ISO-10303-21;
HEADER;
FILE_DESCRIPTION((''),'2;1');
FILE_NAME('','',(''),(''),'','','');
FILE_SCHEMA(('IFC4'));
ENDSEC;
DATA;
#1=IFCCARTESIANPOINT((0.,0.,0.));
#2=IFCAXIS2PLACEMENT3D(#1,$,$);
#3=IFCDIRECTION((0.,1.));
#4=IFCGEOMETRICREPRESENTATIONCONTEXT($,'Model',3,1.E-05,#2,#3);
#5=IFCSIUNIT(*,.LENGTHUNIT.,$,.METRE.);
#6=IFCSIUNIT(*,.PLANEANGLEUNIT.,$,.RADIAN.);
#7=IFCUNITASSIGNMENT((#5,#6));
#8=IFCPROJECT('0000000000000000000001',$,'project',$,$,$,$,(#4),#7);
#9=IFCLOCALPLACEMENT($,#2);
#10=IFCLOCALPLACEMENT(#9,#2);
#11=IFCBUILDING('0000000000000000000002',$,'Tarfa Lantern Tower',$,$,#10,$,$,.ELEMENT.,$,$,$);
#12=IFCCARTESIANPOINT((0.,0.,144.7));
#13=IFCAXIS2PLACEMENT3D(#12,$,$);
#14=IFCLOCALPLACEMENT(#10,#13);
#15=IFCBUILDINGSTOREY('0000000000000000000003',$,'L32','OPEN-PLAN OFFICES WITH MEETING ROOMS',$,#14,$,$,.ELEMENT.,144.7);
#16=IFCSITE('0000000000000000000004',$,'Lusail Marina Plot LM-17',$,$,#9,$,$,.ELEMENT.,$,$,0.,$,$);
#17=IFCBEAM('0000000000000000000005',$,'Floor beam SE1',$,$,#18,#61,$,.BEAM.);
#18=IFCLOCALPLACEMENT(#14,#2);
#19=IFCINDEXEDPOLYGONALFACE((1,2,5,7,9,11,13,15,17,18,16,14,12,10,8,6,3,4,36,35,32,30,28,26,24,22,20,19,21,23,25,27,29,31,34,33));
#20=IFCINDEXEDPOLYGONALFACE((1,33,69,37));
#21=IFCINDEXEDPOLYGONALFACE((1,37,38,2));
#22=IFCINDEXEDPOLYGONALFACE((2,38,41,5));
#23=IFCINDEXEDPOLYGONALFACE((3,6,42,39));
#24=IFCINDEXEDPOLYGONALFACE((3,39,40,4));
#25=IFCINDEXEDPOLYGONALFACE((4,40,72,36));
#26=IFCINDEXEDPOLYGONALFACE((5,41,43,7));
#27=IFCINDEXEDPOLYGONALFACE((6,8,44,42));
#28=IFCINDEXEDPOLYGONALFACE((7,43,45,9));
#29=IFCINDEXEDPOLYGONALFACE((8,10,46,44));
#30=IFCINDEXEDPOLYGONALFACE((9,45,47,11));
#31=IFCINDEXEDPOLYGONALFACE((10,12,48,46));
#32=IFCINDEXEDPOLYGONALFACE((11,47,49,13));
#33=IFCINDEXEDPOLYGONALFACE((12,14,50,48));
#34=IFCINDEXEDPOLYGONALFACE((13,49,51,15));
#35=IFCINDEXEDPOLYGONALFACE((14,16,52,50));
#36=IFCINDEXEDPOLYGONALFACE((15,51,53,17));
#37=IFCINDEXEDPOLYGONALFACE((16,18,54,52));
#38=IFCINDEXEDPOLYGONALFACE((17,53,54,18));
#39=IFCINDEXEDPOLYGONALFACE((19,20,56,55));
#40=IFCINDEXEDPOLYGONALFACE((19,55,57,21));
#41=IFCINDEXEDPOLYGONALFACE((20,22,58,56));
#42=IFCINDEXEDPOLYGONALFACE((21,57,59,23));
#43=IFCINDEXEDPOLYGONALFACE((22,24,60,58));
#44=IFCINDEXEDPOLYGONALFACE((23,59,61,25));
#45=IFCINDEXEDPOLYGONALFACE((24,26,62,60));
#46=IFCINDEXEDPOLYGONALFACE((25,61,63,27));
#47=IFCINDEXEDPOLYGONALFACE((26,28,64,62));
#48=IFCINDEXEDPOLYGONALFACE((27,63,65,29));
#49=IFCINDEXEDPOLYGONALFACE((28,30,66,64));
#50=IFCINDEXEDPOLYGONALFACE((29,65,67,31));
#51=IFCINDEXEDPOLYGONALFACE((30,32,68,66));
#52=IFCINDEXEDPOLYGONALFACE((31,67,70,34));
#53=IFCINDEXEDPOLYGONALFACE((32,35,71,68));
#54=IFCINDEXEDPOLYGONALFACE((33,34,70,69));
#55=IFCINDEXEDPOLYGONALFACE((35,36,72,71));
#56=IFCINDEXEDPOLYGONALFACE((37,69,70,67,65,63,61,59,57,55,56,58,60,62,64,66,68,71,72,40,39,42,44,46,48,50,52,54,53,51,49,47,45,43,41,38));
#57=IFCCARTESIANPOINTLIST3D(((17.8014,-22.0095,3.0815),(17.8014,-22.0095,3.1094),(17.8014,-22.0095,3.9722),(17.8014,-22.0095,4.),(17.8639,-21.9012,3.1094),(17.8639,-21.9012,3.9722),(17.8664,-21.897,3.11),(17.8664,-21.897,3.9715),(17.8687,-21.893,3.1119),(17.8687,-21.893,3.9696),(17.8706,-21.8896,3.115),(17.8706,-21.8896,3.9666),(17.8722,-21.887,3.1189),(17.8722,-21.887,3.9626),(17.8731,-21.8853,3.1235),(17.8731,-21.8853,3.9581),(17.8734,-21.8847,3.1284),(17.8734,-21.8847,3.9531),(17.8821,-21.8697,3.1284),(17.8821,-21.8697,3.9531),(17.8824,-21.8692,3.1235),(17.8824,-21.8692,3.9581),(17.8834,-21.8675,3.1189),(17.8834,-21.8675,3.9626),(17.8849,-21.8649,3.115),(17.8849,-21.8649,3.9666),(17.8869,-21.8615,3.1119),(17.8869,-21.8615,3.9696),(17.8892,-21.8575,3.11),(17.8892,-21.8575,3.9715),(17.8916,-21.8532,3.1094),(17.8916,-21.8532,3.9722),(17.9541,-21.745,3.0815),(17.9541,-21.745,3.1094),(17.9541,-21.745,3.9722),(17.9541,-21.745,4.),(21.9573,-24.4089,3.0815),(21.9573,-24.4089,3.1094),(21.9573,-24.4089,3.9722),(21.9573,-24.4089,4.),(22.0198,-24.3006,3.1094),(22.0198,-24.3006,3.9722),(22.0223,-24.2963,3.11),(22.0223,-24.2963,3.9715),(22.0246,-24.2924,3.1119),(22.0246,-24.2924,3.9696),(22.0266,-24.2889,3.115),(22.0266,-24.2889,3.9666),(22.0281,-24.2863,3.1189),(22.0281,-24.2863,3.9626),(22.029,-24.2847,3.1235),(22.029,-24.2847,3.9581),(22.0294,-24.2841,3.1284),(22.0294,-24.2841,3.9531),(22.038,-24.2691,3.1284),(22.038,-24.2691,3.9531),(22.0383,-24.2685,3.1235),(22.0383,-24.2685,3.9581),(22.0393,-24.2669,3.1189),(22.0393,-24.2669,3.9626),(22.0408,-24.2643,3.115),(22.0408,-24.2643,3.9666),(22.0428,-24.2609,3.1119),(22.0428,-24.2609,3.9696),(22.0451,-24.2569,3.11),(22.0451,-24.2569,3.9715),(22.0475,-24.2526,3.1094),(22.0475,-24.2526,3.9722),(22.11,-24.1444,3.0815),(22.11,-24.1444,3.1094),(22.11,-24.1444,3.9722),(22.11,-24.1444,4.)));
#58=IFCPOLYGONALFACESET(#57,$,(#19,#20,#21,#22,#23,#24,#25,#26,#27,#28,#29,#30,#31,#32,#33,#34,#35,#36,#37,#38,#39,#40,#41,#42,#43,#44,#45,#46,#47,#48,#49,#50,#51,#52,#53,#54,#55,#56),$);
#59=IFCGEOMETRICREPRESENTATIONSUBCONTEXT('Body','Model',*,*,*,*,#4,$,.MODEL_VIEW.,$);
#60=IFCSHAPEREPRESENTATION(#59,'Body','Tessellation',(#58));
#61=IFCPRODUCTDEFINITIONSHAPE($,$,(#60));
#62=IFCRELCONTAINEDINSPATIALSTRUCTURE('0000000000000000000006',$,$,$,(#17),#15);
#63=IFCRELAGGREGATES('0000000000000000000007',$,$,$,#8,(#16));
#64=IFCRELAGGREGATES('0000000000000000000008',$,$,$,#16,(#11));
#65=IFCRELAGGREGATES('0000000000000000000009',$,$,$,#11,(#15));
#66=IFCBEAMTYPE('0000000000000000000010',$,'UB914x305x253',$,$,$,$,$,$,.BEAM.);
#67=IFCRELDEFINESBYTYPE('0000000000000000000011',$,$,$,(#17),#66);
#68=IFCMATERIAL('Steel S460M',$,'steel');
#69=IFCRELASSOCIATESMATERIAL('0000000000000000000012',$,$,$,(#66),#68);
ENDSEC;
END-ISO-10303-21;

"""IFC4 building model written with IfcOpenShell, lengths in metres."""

from ifc_helpers import new_model, si_unit, direction, frame, origin, origin_2d, place, context, subcontext, project, spatial, i_section, extrude, material, material_profile, profile_set, type_object, element, save


model = new_model("IFC4")

# Units and contexts
model_context = context("Model", 3, precision=1e-05, world=origin(), true_north=direction((0.0, 1.0)))
body_context = subcontext(model_context, "Body", "Model", "MODEL_VIEW")
ifc_project = project(units=[si_unit("LENGTHUNIT", "METRE"), si_unit("PLANEANGLEUNIT", "RADIAN")], contexts=[model_context])

# Site, building, storey
site_placement = place(None, origin())
site = spatial("IfcSite", under=ifc_project, at=site_placement, Name="Lusail Marina Plot LM-17", CompositionType="ELEMENT", RefElevation=0.0)
building_placement = place(site_placement, origin())
building = spatial("IfcBuilding", under=site, at=building_placement, Name="Tarfa Lantern Tower", CompositionType="ELEMENT")
storey_placement = place(building_placement, frame((0.0, 0.0, 144.7)))
storey = spatial("IfcBuildingStorey", under=building, at=storey_placement, Name="L32", Description="OPEN-PLAN OFFICES WITH MEETING ROOMS", CompositionType="ELEMENT", Elevation=144.7)

# Beam
ifc_material_1 = material(Name="Steel S460M", Category="steel")
ifc_material_profile_1 = material_profile(ifc_material_1, i_section(OverallWidth=0.3054, OverallDepth=0.9185, WebThickness=0.0173, FlangeThickness=0.0278, FilletRadius=0.019, at=origin_2d()), Name="UB914x305x253")
ifc_profile_set_1 = profile_set([ifc_material_profile_1], Name="Steel S460M")
beam_type_1 = type_object("IfcBeamType", Name="UB914x305x253", PredefinedType="BEAM", material=ifc_profile_set_1)
beam_1_placement = place(storey_placement, frame((22.0337, -24.2766, 3.5408), z_axis=(-0.866031, 0.499991, 0.0), x_axis=(-0.499991, -0.866031, 0.0)))
element("IfcBeam", 1, at=beam_1_placement, inside=storey, type_object=beam_type_1, Name="Floor beam SE1", PredefinedType="BEAM", context=body_context, shape_type="SweptSolid", body=[
    extrude(i_section(OverallWidth=0.3054, OverallDepth=0.9185, WebThickness=0.0173, FlangeThickness=0.0278, FilletRadius=0.019, at=origin_2d()), origin(), (0.0, 0.0, 1.0), 4.7988),
])

save(model, "model.ifc")
